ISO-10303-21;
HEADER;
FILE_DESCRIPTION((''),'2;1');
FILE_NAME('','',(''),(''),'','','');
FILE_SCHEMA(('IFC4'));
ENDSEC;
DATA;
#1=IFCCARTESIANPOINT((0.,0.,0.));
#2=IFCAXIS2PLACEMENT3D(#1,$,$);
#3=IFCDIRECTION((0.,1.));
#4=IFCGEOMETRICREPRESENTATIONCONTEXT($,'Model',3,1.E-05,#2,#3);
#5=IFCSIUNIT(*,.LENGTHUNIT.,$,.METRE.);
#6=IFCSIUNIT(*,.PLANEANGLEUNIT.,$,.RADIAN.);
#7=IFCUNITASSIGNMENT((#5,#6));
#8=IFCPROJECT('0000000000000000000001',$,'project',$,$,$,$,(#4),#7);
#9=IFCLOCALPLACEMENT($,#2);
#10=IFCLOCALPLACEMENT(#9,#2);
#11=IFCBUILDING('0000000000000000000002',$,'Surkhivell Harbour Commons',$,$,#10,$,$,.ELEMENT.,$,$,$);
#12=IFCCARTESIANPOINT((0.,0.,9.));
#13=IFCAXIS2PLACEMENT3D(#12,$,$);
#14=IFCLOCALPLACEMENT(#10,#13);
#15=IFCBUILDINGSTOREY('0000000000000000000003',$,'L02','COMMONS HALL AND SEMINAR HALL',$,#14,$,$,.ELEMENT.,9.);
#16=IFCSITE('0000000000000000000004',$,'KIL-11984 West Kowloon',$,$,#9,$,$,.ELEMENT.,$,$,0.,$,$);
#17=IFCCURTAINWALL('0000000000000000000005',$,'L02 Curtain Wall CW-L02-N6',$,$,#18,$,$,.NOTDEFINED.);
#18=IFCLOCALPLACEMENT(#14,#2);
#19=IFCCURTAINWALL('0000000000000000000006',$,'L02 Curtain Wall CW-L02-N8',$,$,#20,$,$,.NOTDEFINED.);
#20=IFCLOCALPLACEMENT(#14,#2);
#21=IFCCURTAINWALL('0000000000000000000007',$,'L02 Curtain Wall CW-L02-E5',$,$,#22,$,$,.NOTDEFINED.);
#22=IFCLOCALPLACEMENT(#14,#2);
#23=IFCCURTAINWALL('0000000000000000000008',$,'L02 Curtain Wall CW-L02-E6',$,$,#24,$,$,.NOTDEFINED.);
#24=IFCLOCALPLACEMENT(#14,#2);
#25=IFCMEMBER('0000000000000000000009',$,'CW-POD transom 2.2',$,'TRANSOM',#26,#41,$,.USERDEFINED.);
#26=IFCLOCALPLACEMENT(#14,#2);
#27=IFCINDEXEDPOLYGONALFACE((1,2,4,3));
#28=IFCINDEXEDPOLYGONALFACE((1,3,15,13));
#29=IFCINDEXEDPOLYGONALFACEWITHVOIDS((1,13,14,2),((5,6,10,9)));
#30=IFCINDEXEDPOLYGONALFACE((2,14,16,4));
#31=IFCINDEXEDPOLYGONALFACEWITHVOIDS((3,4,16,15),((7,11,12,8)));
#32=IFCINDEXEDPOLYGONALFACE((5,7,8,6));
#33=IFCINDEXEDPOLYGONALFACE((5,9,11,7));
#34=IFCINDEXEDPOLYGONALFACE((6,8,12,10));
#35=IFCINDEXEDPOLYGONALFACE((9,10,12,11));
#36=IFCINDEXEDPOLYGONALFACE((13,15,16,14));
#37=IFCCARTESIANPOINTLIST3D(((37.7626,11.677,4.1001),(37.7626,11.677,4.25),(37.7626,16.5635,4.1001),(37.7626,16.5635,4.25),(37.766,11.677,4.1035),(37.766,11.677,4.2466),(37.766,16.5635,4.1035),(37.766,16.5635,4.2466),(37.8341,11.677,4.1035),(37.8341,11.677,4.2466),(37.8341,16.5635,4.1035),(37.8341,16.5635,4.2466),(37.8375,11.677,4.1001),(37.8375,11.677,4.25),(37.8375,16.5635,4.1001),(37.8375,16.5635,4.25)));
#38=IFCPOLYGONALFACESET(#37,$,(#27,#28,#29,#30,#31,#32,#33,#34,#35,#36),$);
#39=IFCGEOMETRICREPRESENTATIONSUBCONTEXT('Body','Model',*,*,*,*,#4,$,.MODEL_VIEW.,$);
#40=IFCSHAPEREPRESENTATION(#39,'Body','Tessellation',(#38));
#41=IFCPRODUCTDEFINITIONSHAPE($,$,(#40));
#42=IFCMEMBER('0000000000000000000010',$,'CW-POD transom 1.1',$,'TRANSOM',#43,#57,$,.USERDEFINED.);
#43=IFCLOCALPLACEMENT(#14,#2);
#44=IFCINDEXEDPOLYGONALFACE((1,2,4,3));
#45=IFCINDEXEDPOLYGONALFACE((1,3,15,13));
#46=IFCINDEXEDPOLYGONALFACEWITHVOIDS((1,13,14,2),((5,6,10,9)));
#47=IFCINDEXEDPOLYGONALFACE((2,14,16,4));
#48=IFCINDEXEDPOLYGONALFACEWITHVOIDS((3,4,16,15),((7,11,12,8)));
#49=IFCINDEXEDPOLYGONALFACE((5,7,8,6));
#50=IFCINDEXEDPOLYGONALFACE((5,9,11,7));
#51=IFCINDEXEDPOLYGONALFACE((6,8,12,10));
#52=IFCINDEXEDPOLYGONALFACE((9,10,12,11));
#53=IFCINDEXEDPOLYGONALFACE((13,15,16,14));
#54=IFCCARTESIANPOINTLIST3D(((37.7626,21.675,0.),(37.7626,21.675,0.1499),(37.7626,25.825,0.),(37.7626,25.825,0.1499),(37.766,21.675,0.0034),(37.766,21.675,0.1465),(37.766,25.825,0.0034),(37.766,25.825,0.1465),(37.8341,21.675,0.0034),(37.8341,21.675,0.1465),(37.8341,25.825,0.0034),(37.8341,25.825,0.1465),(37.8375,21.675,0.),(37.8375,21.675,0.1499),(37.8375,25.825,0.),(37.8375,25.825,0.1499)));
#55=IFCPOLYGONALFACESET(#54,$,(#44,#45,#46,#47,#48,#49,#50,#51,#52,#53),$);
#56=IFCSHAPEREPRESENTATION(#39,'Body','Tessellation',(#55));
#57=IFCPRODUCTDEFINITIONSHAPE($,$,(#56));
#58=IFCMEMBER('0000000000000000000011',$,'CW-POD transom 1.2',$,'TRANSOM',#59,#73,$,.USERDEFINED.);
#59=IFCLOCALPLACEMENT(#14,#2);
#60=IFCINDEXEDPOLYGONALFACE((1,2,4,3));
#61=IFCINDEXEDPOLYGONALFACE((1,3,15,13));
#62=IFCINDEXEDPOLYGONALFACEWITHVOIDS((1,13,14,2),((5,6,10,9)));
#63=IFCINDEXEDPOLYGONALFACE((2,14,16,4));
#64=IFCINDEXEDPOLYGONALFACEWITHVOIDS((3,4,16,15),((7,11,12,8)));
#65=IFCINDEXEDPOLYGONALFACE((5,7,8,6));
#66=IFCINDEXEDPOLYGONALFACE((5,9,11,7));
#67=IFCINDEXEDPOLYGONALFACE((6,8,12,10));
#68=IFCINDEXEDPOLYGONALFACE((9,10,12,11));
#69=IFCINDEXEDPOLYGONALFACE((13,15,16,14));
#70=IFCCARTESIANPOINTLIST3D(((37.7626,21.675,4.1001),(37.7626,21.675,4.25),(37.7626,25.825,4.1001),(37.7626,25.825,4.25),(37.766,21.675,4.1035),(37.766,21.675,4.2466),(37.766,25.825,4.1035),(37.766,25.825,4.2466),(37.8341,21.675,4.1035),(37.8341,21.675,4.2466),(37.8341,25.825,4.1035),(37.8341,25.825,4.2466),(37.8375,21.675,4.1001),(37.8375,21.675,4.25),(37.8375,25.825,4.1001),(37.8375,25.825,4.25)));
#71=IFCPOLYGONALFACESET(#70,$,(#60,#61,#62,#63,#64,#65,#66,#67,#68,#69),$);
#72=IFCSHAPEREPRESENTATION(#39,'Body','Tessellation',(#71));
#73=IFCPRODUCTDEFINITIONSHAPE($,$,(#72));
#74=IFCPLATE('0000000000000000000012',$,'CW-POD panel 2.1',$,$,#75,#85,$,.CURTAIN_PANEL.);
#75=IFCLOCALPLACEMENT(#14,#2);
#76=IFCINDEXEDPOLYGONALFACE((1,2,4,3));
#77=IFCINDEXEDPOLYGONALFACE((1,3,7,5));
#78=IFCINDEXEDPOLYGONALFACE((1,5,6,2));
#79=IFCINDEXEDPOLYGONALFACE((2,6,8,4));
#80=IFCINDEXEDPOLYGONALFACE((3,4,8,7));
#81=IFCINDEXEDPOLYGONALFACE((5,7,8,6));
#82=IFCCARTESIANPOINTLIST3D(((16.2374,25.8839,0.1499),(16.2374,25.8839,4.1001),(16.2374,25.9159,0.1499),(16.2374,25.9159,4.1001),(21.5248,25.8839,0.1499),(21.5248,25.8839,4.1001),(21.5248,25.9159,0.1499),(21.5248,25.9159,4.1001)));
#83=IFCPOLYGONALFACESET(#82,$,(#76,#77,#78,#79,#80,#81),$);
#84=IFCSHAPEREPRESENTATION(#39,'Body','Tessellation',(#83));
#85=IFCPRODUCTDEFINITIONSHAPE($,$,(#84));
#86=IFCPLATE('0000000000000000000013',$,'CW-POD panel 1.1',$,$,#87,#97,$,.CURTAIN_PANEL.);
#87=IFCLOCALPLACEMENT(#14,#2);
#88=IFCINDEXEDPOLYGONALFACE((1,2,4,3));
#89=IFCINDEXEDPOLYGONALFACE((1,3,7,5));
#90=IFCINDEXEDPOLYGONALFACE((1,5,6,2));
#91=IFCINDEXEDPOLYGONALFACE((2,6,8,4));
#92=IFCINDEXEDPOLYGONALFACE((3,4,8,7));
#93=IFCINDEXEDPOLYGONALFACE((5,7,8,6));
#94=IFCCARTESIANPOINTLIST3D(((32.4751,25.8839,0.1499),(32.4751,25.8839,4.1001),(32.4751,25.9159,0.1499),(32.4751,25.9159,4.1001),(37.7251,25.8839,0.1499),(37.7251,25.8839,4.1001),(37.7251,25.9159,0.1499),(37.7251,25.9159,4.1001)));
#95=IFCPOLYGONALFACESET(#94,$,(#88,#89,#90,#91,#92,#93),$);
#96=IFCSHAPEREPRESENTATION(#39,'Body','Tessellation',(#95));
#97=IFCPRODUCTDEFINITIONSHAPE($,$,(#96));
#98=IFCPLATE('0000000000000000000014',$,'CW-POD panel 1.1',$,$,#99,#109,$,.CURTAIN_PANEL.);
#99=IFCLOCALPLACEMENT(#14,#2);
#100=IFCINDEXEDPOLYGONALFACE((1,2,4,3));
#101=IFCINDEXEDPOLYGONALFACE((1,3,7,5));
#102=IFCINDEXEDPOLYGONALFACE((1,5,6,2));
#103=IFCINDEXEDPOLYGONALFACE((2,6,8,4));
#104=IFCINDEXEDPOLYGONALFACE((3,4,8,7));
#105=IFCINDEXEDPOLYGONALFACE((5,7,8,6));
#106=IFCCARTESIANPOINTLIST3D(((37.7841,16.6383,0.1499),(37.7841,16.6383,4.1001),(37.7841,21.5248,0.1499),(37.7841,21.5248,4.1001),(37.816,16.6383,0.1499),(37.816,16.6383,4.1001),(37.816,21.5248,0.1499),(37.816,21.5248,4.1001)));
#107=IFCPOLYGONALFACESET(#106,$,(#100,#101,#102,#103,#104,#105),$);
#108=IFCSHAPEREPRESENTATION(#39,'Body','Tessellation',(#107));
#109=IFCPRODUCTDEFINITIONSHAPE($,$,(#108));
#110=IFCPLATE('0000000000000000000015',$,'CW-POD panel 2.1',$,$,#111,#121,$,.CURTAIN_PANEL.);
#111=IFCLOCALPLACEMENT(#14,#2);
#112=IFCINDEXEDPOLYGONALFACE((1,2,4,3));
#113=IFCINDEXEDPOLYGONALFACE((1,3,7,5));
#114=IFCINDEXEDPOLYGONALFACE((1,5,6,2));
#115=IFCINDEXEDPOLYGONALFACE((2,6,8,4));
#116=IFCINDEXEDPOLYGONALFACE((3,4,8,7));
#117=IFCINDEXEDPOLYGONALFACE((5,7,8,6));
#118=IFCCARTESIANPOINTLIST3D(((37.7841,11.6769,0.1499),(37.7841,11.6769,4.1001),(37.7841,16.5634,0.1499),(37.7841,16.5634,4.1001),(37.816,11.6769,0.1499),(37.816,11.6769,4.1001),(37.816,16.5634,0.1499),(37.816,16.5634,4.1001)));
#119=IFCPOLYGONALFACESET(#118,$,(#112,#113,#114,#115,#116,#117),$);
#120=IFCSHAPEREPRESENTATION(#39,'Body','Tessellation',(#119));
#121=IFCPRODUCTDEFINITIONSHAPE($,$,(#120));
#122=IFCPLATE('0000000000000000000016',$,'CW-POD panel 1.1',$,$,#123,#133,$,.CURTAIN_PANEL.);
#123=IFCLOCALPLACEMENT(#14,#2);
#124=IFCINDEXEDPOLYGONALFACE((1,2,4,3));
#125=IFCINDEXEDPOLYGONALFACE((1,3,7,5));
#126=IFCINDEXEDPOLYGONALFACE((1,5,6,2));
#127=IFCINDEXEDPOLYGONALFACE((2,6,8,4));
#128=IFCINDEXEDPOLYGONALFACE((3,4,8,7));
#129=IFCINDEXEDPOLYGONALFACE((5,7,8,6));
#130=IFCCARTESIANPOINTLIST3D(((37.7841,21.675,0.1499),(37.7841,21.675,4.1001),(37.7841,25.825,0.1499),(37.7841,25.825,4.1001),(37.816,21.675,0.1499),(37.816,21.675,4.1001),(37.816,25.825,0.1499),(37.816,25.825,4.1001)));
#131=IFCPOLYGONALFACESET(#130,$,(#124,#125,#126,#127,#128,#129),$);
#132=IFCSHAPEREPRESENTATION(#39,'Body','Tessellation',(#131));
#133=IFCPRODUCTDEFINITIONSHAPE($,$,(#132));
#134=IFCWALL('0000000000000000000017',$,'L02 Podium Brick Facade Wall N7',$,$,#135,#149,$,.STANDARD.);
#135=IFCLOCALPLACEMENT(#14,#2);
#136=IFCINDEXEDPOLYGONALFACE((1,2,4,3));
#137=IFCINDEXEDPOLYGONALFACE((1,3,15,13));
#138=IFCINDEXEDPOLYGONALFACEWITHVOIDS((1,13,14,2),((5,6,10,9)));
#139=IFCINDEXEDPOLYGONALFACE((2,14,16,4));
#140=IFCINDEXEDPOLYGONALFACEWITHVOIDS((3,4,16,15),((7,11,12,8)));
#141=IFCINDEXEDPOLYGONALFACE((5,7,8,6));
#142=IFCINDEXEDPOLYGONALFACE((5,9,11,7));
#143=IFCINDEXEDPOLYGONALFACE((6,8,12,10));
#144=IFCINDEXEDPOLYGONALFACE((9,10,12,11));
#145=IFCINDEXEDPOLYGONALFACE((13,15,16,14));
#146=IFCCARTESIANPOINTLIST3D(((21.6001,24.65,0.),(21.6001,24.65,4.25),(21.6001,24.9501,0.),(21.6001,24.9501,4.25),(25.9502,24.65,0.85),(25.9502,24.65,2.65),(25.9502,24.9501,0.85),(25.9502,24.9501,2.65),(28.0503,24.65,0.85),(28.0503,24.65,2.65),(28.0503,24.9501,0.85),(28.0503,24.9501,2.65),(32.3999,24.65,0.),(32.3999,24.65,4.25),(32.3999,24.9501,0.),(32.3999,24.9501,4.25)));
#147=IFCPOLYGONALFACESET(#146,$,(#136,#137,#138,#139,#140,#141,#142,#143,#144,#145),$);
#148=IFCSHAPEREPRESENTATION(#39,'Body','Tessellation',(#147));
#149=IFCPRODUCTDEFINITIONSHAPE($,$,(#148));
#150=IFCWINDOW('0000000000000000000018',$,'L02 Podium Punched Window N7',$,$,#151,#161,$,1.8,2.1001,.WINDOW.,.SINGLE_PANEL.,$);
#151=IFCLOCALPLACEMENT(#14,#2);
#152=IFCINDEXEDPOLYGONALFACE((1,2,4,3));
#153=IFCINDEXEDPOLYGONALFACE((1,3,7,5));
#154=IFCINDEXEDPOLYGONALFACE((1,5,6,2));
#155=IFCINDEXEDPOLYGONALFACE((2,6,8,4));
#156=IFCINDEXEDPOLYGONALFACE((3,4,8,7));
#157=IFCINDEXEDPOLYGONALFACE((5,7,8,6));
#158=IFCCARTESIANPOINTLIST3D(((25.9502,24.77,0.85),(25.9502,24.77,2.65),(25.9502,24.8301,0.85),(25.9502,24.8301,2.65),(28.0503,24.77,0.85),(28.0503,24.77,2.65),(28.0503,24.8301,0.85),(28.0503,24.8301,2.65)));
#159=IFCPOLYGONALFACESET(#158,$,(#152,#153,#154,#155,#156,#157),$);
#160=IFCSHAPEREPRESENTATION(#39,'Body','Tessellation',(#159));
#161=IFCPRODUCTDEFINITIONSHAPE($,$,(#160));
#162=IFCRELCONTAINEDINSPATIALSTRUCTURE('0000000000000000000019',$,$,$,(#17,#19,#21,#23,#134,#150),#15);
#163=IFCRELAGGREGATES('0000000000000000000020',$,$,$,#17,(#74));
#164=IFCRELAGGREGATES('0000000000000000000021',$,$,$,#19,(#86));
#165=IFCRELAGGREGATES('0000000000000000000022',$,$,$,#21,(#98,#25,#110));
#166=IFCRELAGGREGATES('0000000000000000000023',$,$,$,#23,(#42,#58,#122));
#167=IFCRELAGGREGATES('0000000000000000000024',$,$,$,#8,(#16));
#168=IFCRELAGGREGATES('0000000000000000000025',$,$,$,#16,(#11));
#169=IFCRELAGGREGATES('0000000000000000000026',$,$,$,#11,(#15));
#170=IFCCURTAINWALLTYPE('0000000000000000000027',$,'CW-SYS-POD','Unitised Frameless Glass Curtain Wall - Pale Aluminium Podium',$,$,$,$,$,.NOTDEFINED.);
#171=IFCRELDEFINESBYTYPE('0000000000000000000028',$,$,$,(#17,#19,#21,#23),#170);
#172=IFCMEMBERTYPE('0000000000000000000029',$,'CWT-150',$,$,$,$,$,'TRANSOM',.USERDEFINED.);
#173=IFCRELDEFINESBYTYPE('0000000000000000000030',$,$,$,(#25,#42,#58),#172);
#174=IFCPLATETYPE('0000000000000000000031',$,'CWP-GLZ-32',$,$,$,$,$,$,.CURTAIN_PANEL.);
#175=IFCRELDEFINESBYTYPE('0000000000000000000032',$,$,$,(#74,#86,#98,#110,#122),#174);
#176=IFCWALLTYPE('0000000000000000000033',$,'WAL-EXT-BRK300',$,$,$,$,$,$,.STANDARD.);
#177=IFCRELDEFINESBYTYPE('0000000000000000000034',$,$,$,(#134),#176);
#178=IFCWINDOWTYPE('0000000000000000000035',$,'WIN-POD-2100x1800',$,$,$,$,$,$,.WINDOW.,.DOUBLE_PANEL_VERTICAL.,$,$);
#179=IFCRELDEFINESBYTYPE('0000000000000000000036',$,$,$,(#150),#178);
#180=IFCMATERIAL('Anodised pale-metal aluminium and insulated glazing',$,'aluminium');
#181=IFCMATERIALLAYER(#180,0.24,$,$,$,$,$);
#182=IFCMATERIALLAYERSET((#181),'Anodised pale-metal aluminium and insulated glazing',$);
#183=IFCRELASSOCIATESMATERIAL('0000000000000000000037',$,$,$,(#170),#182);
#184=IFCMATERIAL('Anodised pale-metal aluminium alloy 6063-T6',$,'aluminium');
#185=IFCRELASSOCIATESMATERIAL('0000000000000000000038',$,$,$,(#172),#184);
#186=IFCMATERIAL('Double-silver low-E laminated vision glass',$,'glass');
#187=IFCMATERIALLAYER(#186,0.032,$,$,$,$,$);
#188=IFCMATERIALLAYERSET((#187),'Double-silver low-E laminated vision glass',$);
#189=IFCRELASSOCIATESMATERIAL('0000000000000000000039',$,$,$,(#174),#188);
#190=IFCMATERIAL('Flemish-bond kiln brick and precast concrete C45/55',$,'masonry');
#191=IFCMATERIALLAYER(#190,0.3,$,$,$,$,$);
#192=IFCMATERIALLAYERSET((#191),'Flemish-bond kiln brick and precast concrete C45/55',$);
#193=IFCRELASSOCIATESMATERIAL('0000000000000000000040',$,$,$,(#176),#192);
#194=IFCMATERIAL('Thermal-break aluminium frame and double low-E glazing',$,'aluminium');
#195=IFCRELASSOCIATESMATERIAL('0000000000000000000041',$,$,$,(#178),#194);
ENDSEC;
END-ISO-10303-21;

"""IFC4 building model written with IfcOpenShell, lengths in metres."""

from ifc_helpers import new_model, si_unit, direction, frame, frame_2d, origin, origin_2d, place, context, subcontext, project, spatial, rectangle, hollow_rectangle, extrude, material, layer, layer_set, material_profile, profile_set, type_object, element, fill, aggregate, save


model = new_model("IFC4")

# Units and contexts
model_context = context("Model", 3, precision=1e-05, world=origin(), true_north=direction((0.0, 1.0)))
body_context = subcontext(model_context, "Body", "Model", "MODEL_VIEW")
ifc_project = project(units=[si_unit("LENGTHUNIT", "METRE"), si_unit("PLANEANGLEUNIT", "RADIAN")], contexts=[model_context])

# Site, building, storey
site_placement = place(None, origin())
site = spatial("IfcSite", under=ifc_project, at=site_placement, Name="KIL-11984 West Kowloon", CompositionType="ELEMENT", RefElevation=0.0)
building_placement = place(site_placement, origin())
building = spatial("IfcBuilding", under=site, at=building_placement, Name="Surkhivell Harbour Commons", CompositionType="ELEMENT")
storey_placement = place(building_placement, frame((0.0, 0.0, 9.0)))
storey = spatial("IfcBuildingStorey", under=building, at=storey_placement, Name="L02", Description="COMMONS HALL AND SEMINAR HALL", CompositionType="ELEMENT", Elevation=9.0)

# Curtain wall
ifc_material_1 = material(Name="Anodised pale-metal aluminium and insulated glazing", Category="aluminium")
ifc_layer_1 = layer(ifc_material_1, 0.24)
ifc_layer_set_1 = layer_set([ifc_layer_1], Name="Anodised pale-metal aluminium and insulated glazing")
curtain_wall_type = type_object("IfcCurtainWallType", Name="CW-SYS-POD", Description="Unitised Frameless Glass Curtain Wall - Pale Aluminium Podium", PredefinedType="NOTDEFINED", material=ifc_layer_set_1)
curtain_wall_1_placement = place(storey_placement, origin())
curtain_wall_1 = element("IfcCurtainWall", 1, at=curtain_wall_1_placement, inside=storey, type_object=curtain_wall_type, Name="L02 Curtain Wall CW-L02-N6", PredefinedType="NOTDEFINED")
ifc_material_2 = material(Name="Anodised pale-metal aluminium alloy 6063-T6", Category="aluminium")

# Curtain walls
curtain_wall_2_placement = place(storey_placement, origin())
curtain_wall_2 = element("IfcCurtainWall", 2, at=curtain_wall_2_placement, inside=storey, type_object=curtain_wall_type, Name="L02 Curtain Wall CW-L02-N8", PredefinedType="NOTDEFINED")
curtain_wall_3_placement = place(storey_placement, origin())
curtain_wall_3 = element("IfcCurtainWall", 3, at=curtain_wall_3_placement, inside=storey, type_object=curtain_wall_type, Name="L02 Curtain Wall CW-L02-E5", PredefinedType="NOTDEFINED")
curtain_wall_4_placement = place(storey_placement, origin())
curtain_wall_4 = element("IfcCurtainWall", 4, at=curtain_wall_4_placement, inside=storey, type_object=curtain_wall_type, Name="L02 Curtain Wall CW-L02-E6", PredefinedType="NOTDEFINED")

# Members
ifc_material_profile_1 = material_profile(ifc_material_2, hollow_rectangle(XDim=0.075, YDim=0.1499, WallThickness=0.0034, at=origin_2d()), Name="ALU-TRAN-75x150")
ifc_profile_set_1 = profile_set([ifc_material_profile_1], Name="Anodised pale-metal aluminium alloy 6063-T6")
member_type_1 = type_object("IfcMemberType", Name="CWT-150", ElementType="TRANSOM", PredefinedType="USERDEFINED", material=ifc_profile_set_1)
member_1_placement = place(storey_placement, frame((37.8, 16.5635, 4.175), z_axis=(0.0, -1.0, 0.0), x_axis=(1.0, 0.0, 0.0)))
member_1 = element("IfcMember", 5, at=member_1_placement, type_object=member_type_1, Name="CW-POD transom 2.2", ObjectType="TRANSOM", PredefinedType="USERDEFINED", context=body_context, shape_type="SweptSolid", body=[
    extrude(hollow_rectangle(XDim=0.075, YDim=0.1499, WallThickness=0.0034, at=origin_2d()), origin(), (0.0, 0.0, 1.0), 4.8865),
])
member_2_placement = place(storey_placement, frame((37.8, 25.825, 0.075), z_axis=(0.0, -1.0, 0.0), x_axis=(1.0, 0.0, 0.0)))
member_2 = element("IfcMember", 6, at=member_2_placement, type_object=member_type_1, Name="CW-POD transom 1.1", ObjectType="TRANSOM", PredefinedType="USERDEFINED", context=body_context, shape_type="SweptSolid", body=[
    extrude(hollow_rectangle(XDim=0.075, YDim=0.1499, WallThickness=0.0034, at=origin_2d()), origin(), (0.0, 0.0, 1.0), 4.1499),
])
member_3_placement = place(storey_placement, frame((37.8, 25.825, 4.175), z_axis=(0.0, -1.0, 0.0), x_axis=(1.0, 0.0, 0.0)))
member_3 = element("IfcMember", 7, at=member_3_placement, type_object=member_type_1, Name="CW-POD transom 1.2", ObjectType="TRANSOM", PredefinedType="USERDEFINED", context=body_context, shape_type="SweptSolid", body=[
    extrude(hollow_rectangle(XDim=0.075, YDim=0.1499, WallThickness=0.0034, at=origin_2d()), origin(), (0.0, 0.0, 1.0), 4.1499),
])

# Plates
ifc_material_3 = material(Name="Double-silver low-E laminated vision glass", Category="glass")
ifc_layer_2 = layer(ifc_material_3, 0.032)
ifc_layer_set_2 = layer_set([ifc_layer_2], Name="Double-silver low-E laminated vision glass")
plate_type = type_object("IfcPlateType", Name="CWP-GLZ-32", PredefinedType="CURTAIN_PANEL", material=ifc_layer_set_2)
plate_1_placement = place(storey_placement, frame((16.2375, 25.8999, 0.1499), z_axis=(0.0, 0.0, 1.0), x_axis=(1.0, 0.0, 0.0)))
plate_1 = element("IfcPlate", 8, at=plate_1_placement, type_object=plate_type, Name="CW-POD panel 2.1", PredefinedType="CURTAIN_PANEL", context=body_context, shape_type="SweptSolid", body=[
    extrude(rectangle(XDim=5.2874, YDim=0.032, at=frame_2d((2.6436, 0.0))), origin(), (0.0, 0.0, 1.0), 3.9502),
])
aggregate(curtain_wall_1, [plate_1])
plate_2_placement = place(storey_placement, frame((32.4751, 25.8999, 0.1499), z_axis=(0.0, 0.0, 1.0), x_axis=(1.0, 0.0, 0.0)))
plate_2 = element("IfcPlate", 9, at=plate_2_placement, type_object=plate_type, Name="CW-POD panel 1.1", PredefinedType="CURTAIN_PANEL", context=body_context, shape_type="SweptSolid", body=[
    extrude(rectangle(XDim=5.25, YDim=0.032, at=frame_2d((2.625, 0.0))), origin(), (0.0, 0.0, 1.0), 3.9502),
])
aggregate(curtain_wall_2, [plate_2])
plate_3_placement = place(storey_placement, frame((37.8, 21.5249, 0.1499), z_axis=(0.0, 0.0, 1.0), x_axis=(0.0, -1.0, 0.0)))
plate_3 = element("IfcPlate", 10, at=plate_3_placement, type_object=plate_type, Name="CW-POD panel 1.1", PredefinedType="CURTAIN_PANEL", context=body_context, shape_type="SweptSolid", body=[
    extrude(rectangle(XDim=4.8865, YDim=0.032, at=frame_2d((2.4434, 0.0))), origin(), (0.0, 0.0, 1.0), 3.9502),
])
plate_4_placement = place(storey_placement, frame((37.8, 16.5635, 0.1499), z_axis=(0.0, 0.0, 1.0), x_axis=(0.0, -1.0, 0.0)))
plate_4 = element("IfcPlate", 11, at=plate_4_placement, type_object=plate_type, Name="CW-POD panel 2.1", PredefinedType="CURTAIN_PANEL", context=body_context, shape_type="SweptSolid", body=[
    extrude(rectangle(XDim=4.8865, YDim=0.032, at=frame_2d((2.4434, 0.0))), origin(), (0.0, 0.0, 1.0), 3.9502),
])
aggregate(curtain_wall_3, [plate_3, member_1, plate_4])
plate_5_placement = place(storey_placement, frame((37.8, 25.825, 0.1499), z_axis=(0.0, 0.0, 1.0), x_axis=(0.0, -1.0, 0.0)))
plate_5 = element("IfcPlate", 12, at=plate_5_placement, type_object=plate_type, Name="CW-POD panel 1.1", PredefinedType="CURTAIN_PANEL", context=body_context, shape_type="SweptSolid", body=[
    extrude(rectangle(XDim=4.1499, YDim=0.032, at=frame_2d((2.075, 0.0))), origin(), (0.0, 0.0, 1.0), 3.9502),
])
aggregate(curtain_wall_4, [member_2, member_3, plate_5])

# Wall, opening, window
ifc_material_4 = material(Name="Flemish-bond kiln brick and precast concrete C45/55", Category="masonry")
ifc_layer_3 = layer(ifc_material_4, 0.3)
ifc_layer_set_3 = layer_set([ifc_layer_3], Name="Flemish-bond kiln brick and precast concrete C45/55")
wall_type = type_object("IfcWallType", Name="WAL-EXT-BRK300", PredefinedType="STANDARD", material=ifc_layer_set_3)
wall_placement = place(storey_placement, frame((21.6001, 24.8, 0.0), z_axis=(0.0, 0.0, 1.0), x_axis=(1.0, 0.0, 0.0)))
wall = element("IfcWall", 13, at=wall_placement, inside=storey, type_object=wall_type, Name="L02 Podium Brick Facade Wall N7", PredefinedType="STANDARD", context=body_context, shape_type="SweptSolid", body=[
    extrude(rectangle(XDim=10.7998, YDim=0.3, at=frame_2d((5.3999, 0.0))), origin(), (0.0, 0.0, 1.0), 4.25),
])
opening_placement = place(wall_placement, frame((4.3501, 0.0, 0.8501)))
opening = element("IfcOpeningElement", 14, at=opening_placement, cuts=wall, PredefinedType="OPENING", context=body_context, shape_type="SweptSolid", body=[
    extrude(rectangle(XDim=2.1001, YDim=1.8, at=frame_2d((1.05, 0.8999))), frame((0.0, 0.1599, 0.0), z_axis=(0.0, -1.0, 0.0), x_axis=(1.0, 0.0, 0.0)), (0.0, 0.0, 1.0), 0.3201),
])
ifc_material_5 = material(Name="Thermal-break aluminium frame and double low-E glazing", Category="aluminium")
window_type = type_object("IfcWindowType", Name="WIN-POD-2100x1800", PartitioningType="DOUBLE_PANEL_VERTICAL", PredefinedType="WINDOW", material=ifc_material_5)
window_placement = place(opening_placement, origin())
window = element("IfcWindow", 15, at=window_placement, inside=storey, type_object=window_type, Name="L02 Podium Punched Window N7", OverallHeight=1.8, OverallWidth=2.1001, PartitioningType="SINGLE_PANEL", PredefinedType="WINDOW", context=body_context, shape_type="SweptSolid", body=[
    extrude(rectangle(XDim=2.1001, YDim=1.8, at=frame_2d((1.05, 0.8999))), frame((0.0, 0.03, 0.0), z_axis=(0.0, -1.0, 0.0), x_axis=(1.0, 0.0, 0.0)), (0.0, 0.0, 1.0), 0.0601),
])
fill(opening, window)

save(model, "model.ifc")
